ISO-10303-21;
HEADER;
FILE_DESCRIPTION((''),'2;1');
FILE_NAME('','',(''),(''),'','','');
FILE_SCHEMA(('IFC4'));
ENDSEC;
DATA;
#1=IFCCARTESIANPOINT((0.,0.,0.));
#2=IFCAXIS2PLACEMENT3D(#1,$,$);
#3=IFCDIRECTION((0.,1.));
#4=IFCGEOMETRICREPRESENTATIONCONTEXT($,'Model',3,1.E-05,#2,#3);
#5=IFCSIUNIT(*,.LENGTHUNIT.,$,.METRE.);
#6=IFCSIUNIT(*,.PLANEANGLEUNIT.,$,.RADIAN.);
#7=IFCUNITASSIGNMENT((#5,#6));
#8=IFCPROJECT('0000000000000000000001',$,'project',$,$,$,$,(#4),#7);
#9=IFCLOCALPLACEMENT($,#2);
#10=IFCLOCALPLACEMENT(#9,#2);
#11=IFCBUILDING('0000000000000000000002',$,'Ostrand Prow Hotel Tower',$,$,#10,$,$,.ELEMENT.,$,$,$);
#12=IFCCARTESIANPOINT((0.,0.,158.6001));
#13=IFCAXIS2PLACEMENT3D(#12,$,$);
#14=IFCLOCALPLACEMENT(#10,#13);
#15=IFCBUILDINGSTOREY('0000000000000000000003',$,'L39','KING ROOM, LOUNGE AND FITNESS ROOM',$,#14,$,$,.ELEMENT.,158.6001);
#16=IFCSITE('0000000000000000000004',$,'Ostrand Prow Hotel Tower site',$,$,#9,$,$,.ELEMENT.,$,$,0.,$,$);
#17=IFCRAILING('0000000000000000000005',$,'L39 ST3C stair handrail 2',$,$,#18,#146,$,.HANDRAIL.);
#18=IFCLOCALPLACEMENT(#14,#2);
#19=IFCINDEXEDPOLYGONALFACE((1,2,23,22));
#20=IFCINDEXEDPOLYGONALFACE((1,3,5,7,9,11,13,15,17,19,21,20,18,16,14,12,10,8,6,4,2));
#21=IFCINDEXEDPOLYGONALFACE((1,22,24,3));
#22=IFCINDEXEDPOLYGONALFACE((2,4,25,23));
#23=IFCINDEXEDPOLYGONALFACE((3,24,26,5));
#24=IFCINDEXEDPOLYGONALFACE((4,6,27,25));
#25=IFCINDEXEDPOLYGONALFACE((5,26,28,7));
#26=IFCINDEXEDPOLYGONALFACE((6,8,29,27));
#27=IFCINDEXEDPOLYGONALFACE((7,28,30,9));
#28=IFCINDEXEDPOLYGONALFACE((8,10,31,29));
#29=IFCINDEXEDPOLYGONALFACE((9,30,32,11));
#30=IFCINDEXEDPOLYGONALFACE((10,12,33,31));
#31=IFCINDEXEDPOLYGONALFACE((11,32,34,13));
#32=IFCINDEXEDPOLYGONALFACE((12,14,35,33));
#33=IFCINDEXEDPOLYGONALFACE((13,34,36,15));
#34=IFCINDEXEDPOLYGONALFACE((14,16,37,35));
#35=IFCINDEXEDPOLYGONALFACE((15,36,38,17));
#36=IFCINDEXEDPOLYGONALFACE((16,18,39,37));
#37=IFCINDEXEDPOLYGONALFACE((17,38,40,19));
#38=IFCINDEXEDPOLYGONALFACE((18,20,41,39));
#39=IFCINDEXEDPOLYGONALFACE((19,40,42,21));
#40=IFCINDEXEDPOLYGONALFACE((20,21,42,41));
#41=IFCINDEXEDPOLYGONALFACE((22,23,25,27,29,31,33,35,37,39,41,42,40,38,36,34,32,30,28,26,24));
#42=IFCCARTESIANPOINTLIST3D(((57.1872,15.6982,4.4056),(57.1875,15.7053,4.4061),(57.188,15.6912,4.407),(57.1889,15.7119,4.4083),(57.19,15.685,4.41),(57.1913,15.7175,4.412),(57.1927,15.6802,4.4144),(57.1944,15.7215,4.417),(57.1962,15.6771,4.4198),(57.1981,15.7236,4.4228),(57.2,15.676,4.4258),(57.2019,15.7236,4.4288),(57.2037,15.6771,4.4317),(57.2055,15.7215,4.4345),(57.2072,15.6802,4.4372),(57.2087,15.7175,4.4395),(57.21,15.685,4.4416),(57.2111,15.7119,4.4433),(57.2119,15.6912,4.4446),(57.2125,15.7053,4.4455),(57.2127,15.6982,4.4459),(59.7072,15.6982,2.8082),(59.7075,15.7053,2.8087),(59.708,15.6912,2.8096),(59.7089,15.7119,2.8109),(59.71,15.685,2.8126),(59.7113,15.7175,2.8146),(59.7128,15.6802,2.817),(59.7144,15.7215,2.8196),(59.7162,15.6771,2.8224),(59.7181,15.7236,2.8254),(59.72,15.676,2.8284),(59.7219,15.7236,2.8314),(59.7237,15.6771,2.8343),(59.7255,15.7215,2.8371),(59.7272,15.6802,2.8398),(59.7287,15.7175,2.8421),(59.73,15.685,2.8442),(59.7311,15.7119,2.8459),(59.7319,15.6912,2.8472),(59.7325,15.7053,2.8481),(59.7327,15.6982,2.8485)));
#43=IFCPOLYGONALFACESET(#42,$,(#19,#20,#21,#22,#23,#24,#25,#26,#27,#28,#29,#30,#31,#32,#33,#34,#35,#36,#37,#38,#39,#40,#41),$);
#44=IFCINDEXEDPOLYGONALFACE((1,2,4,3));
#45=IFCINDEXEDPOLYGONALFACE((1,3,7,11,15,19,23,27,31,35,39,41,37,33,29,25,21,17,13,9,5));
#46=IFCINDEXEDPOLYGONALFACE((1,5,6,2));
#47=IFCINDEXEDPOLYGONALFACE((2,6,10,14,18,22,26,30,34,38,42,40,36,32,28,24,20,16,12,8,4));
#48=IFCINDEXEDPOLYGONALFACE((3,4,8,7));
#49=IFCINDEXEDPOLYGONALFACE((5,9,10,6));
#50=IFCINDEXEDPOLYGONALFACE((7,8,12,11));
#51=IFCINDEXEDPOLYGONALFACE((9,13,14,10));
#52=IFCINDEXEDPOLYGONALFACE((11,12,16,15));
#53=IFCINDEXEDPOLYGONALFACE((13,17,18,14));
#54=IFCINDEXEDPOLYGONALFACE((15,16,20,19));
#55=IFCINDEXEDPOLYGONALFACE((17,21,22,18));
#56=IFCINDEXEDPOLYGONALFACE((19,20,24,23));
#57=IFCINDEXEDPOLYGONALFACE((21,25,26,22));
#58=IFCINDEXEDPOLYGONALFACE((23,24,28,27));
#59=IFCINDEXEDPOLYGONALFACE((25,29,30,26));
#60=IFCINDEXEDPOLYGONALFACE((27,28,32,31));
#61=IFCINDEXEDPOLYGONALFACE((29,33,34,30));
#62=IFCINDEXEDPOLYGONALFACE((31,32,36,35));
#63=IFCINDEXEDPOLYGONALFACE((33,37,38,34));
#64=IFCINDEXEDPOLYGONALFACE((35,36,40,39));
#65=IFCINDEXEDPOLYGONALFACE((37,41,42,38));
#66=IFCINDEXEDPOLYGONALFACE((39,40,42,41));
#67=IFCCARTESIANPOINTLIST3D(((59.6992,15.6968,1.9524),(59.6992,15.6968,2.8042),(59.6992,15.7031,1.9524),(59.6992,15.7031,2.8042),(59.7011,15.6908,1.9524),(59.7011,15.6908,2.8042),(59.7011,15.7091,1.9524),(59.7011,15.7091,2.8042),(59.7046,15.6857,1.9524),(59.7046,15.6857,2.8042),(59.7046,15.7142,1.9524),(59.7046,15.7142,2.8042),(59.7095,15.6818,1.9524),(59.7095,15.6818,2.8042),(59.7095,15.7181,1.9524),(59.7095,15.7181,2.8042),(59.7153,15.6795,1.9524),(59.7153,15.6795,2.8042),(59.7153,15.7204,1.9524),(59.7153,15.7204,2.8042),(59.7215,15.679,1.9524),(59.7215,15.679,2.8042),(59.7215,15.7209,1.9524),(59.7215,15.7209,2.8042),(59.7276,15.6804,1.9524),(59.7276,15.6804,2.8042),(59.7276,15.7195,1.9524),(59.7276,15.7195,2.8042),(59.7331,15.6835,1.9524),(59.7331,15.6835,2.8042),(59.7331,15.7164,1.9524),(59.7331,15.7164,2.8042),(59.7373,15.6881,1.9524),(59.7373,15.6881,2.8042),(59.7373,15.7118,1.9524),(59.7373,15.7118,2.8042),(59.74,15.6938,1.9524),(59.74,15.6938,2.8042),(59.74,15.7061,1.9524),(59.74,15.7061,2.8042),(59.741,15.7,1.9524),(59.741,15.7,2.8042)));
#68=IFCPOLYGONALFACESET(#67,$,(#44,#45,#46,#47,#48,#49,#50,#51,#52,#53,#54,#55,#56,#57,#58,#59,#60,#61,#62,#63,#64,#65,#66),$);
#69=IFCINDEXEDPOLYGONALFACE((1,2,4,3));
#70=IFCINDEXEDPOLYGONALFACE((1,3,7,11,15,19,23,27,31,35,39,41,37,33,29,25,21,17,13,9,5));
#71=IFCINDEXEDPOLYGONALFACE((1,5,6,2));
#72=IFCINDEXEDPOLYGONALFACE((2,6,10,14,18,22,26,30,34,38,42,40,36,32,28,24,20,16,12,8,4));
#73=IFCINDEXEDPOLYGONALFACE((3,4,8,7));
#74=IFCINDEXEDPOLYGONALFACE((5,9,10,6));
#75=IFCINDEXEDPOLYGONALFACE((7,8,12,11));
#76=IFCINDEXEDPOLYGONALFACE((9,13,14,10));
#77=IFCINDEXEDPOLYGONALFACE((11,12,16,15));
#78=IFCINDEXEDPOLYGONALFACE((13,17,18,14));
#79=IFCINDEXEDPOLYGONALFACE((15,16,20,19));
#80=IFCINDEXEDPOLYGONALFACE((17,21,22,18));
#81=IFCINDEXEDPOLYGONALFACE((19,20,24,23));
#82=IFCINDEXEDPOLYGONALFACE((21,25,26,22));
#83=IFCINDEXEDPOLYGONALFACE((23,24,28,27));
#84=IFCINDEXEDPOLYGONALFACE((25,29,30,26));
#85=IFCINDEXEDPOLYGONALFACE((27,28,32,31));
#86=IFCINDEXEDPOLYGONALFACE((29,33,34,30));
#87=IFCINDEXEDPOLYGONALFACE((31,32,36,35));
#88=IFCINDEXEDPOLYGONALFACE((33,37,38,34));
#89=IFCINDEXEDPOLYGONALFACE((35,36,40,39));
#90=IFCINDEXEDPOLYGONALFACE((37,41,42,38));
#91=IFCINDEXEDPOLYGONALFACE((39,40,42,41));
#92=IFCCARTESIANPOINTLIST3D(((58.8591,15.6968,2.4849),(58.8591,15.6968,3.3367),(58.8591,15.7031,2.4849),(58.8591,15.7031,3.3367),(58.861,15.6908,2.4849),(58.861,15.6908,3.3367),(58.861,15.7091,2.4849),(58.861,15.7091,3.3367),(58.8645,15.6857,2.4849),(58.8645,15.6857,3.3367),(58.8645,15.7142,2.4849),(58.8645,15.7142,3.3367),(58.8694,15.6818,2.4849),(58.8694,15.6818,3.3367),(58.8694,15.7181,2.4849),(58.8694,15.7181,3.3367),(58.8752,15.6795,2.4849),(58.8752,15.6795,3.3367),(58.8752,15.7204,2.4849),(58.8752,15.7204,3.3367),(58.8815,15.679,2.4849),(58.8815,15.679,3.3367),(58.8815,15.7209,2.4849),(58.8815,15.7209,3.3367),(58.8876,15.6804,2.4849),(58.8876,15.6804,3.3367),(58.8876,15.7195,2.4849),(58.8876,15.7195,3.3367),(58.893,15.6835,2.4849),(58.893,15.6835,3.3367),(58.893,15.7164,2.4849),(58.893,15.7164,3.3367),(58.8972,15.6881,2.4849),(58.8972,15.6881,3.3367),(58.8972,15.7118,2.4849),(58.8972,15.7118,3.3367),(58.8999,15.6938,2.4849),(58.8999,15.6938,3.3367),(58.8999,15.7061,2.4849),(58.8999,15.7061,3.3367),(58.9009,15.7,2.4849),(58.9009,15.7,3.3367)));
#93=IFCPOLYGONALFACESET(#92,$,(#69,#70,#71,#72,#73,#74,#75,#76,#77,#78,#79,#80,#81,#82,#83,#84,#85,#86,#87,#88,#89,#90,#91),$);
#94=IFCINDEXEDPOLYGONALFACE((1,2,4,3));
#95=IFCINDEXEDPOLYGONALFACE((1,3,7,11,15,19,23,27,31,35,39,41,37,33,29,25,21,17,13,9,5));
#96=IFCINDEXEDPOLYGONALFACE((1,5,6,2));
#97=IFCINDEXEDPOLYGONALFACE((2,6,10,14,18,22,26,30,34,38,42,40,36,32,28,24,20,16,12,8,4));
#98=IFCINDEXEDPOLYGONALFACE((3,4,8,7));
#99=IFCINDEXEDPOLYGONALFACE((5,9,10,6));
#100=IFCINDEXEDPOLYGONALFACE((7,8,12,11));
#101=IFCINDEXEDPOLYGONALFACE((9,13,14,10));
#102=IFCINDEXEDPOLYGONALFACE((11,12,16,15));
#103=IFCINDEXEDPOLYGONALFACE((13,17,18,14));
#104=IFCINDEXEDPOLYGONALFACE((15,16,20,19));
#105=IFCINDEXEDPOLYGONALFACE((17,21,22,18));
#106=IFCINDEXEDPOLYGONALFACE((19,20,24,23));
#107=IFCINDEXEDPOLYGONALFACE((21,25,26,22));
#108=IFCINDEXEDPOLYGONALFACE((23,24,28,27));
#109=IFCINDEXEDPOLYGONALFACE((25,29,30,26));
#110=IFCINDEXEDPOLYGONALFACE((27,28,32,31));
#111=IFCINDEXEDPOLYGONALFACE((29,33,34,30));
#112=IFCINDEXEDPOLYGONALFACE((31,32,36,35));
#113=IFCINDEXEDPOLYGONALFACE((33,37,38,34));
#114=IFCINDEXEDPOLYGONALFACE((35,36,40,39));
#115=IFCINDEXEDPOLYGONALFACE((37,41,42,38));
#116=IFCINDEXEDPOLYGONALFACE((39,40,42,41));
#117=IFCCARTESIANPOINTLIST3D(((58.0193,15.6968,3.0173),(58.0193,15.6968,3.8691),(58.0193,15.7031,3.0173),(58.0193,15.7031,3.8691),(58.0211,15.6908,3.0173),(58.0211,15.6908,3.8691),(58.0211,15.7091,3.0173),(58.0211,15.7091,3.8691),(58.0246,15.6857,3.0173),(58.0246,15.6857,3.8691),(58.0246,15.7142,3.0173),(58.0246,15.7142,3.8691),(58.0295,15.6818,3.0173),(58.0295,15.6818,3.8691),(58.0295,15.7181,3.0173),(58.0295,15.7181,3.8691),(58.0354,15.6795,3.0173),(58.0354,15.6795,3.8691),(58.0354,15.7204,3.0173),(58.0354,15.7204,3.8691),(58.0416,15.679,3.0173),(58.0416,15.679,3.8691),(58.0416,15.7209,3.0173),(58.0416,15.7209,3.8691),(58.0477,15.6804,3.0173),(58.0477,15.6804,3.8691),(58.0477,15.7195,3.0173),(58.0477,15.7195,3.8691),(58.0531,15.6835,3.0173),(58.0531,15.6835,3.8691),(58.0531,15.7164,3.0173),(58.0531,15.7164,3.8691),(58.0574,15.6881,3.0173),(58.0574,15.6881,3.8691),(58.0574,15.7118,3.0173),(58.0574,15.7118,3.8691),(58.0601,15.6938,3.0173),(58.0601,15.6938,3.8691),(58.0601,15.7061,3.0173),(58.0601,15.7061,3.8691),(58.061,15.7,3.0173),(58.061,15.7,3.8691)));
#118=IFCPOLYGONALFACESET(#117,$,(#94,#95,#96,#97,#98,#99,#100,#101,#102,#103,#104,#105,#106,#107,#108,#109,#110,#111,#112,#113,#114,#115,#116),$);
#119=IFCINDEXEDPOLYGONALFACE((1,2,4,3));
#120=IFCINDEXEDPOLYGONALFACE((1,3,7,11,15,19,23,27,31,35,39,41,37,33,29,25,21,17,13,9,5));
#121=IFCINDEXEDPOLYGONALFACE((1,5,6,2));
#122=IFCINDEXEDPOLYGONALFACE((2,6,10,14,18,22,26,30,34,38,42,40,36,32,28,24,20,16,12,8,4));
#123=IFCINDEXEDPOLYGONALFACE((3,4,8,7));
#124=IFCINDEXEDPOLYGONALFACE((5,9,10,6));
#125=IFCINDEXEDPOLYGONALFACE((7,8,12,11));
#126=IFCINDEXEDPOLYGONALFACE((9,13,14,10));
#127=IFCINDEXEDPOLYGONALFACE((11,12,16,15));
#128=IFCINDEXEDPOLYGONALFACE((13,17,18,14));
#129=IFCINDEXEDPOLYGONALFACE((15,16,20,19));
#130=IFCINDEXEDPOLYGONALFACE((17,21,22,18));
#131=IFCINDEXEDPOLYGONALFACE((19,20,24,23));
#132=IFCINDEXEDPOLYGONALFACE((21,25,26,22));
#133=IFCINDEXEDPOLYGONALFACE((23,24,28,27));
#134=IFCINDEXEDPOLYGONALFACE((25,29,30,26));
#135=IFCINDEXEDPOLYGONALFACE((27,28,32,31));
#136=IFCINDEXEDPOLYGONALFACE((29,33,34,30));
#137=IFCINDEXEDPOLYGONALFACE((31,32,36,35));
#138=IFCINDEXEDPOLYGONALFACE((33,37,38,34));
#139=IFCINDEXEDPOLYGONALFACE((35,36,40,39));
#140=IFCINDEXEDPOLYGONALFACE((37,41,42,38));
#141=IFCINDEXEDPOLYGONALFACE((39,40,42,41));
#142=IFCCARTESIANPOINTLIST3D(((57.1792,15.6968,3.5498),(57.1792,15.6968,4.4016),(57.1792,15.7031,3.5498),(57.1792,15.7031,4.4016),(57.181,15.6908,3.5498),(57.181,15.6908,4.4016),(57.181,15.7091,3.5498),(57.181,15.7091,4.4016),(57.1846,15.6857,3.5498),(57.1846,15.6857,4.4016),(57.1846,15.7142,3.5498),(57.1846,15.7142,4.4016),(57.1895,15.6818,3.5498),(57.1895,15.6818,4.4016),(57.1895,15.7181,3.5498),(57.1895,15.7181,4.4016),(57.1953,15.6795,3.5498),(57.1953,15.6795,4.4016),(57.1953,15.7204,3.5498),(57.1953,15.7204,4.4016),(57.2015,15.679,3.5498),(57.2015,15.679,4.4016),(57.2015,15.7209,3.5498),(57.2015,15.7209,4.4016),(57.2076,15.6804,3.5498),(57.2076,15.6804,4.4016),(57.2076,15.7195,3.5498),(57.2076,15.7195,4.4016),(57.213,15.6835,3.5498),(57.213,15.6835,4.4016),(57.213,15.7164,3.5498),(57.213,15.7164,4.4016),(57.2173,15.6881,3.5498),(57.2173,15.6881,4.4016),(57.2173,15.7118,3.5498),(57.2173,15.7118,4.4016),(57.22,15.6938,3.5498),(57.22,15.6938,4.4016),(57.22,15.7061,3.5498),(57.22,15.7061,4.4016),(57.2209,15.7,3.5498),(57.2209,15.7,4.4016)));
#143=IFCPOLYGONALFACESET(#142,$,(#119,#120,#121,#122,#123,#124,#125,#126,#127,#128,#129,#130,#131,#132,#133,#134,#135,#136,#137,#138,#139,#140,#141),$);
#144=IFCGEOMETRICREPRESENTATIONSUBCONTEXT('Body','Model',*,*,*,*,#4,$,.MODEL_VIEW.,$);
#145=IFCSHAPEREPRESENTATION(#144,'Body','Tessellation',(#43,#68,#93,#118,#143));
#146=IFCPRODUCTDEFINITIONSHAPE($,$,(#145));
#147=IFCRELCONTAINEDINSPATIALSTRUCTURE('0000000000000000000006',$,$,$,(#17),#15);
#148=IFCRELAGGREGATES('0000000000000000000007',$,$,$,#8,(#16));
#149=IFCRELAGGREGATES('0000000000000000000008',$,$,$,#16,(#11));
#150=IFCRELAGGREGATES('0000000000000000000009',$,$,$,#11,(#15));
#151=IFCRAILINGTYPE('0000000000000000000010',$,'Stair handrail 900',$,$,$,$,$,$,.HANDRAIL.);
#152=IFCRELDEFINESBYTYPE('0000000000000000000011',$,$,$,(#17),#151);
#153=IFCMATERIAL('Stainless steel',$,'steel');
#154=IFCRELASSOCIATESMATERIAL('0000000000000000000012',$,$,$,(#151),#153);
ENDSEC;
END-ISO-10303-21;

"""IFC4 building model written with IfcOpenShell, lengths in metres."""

from ifc_helpers import new_model, si_unit, direction, frame, origin, origin_2d, place, context, subcontext, project, spatial, circle, extrude, material, type_object, element, save


model = new_model("IFC4")

# Units and contexts
model_context = context("Model", 3, precision=1e-05, world=origin(), true_north=direction((0.0, 1.0)))
body_context = subcontext(model_context, "Body", "Model", "MODEL_VIEW")
ifc_project = project(units=[si_unit("LENGTHUNIT", "METRE"), si_unit("PLANEANGLEUNIT", "RADIAN")], contexts=[model_context])

# Site, building, storey
site_placement = place(None, origin())
site = spatial("IfcSite", under=ifc_project, at=site_placement, Name="Ostrand Prow Hotel Tower site", CompositionType="ELEMENT", RefElevation=0.0)
building_placement = place(site_placement, origin())
building = spatial("IfcBuilding", under=site, at=building_placement, Name="Ostrand Prow Hotel Tower", CompositionType="ELEMENT")
storey_placement = place(building_placement, frame((0.0, 0.0, 158.6001)))
storey = spatial("IfcBuildingStorey", under=building, at=storey_placement, Name="L39", Description="KING ROOM, LOUNGE AND FITNESS ROOM", CompositionType="ELEMENT", Elevation=158.6001)

# Railing
ifc_material_1 = material(Name="Stainless steel", Category="steel")
railing_type_1 = type_object("IfcRailingType", Name="Stair handrail 900", PredefinedType="HANDRAIL", material=ifc_material_1)
railing_1_placement = place(storey_placement, frame((59.72, 15.7, 1.9524)))
element("IfcRailing", 1, at=railing_1_placement, inside=storey, type_object=railing_type_1, Name="L39 ST3C stair handrail 2", PredefinedType="HANDRAIL", context=body_context, shape_type="SweptSolid", body=[
    extrude(circle(Radius=0.0239, at=origin_2d()), frame((0.0, 0.0, 0.876), z_axis=(-0.844607, 0.0, 0.535387), x_axis=(0.0, -1.0, 0.0)), (0.0, 0.0, 1.0), 2.9836),
    extrude(circle(Radius=0.021, at=origin_2d()), origin(), (0.0, 0.0, 1.0), 0.8518),
    extrude(circle(Radius=0.021, at=origin_2d()), frame((-0.8401, 0.0, 0.5325)), (0.0, 0.0, 1.0), 0.8518),
    extrude(circle(Radius=0.021, at=origin_2d()), frame((-1.6799, 0.0, 1.0649)), (0.0, 0.0, 1.0), 0.8518),
    extrude(circle(Radius=0.021, at=origin_2d()), frame((-2.52, 0.0, 1.5974)), (0.0, 0.0, 1.0), 0.8518),
])

save(model, "model.ifc")
